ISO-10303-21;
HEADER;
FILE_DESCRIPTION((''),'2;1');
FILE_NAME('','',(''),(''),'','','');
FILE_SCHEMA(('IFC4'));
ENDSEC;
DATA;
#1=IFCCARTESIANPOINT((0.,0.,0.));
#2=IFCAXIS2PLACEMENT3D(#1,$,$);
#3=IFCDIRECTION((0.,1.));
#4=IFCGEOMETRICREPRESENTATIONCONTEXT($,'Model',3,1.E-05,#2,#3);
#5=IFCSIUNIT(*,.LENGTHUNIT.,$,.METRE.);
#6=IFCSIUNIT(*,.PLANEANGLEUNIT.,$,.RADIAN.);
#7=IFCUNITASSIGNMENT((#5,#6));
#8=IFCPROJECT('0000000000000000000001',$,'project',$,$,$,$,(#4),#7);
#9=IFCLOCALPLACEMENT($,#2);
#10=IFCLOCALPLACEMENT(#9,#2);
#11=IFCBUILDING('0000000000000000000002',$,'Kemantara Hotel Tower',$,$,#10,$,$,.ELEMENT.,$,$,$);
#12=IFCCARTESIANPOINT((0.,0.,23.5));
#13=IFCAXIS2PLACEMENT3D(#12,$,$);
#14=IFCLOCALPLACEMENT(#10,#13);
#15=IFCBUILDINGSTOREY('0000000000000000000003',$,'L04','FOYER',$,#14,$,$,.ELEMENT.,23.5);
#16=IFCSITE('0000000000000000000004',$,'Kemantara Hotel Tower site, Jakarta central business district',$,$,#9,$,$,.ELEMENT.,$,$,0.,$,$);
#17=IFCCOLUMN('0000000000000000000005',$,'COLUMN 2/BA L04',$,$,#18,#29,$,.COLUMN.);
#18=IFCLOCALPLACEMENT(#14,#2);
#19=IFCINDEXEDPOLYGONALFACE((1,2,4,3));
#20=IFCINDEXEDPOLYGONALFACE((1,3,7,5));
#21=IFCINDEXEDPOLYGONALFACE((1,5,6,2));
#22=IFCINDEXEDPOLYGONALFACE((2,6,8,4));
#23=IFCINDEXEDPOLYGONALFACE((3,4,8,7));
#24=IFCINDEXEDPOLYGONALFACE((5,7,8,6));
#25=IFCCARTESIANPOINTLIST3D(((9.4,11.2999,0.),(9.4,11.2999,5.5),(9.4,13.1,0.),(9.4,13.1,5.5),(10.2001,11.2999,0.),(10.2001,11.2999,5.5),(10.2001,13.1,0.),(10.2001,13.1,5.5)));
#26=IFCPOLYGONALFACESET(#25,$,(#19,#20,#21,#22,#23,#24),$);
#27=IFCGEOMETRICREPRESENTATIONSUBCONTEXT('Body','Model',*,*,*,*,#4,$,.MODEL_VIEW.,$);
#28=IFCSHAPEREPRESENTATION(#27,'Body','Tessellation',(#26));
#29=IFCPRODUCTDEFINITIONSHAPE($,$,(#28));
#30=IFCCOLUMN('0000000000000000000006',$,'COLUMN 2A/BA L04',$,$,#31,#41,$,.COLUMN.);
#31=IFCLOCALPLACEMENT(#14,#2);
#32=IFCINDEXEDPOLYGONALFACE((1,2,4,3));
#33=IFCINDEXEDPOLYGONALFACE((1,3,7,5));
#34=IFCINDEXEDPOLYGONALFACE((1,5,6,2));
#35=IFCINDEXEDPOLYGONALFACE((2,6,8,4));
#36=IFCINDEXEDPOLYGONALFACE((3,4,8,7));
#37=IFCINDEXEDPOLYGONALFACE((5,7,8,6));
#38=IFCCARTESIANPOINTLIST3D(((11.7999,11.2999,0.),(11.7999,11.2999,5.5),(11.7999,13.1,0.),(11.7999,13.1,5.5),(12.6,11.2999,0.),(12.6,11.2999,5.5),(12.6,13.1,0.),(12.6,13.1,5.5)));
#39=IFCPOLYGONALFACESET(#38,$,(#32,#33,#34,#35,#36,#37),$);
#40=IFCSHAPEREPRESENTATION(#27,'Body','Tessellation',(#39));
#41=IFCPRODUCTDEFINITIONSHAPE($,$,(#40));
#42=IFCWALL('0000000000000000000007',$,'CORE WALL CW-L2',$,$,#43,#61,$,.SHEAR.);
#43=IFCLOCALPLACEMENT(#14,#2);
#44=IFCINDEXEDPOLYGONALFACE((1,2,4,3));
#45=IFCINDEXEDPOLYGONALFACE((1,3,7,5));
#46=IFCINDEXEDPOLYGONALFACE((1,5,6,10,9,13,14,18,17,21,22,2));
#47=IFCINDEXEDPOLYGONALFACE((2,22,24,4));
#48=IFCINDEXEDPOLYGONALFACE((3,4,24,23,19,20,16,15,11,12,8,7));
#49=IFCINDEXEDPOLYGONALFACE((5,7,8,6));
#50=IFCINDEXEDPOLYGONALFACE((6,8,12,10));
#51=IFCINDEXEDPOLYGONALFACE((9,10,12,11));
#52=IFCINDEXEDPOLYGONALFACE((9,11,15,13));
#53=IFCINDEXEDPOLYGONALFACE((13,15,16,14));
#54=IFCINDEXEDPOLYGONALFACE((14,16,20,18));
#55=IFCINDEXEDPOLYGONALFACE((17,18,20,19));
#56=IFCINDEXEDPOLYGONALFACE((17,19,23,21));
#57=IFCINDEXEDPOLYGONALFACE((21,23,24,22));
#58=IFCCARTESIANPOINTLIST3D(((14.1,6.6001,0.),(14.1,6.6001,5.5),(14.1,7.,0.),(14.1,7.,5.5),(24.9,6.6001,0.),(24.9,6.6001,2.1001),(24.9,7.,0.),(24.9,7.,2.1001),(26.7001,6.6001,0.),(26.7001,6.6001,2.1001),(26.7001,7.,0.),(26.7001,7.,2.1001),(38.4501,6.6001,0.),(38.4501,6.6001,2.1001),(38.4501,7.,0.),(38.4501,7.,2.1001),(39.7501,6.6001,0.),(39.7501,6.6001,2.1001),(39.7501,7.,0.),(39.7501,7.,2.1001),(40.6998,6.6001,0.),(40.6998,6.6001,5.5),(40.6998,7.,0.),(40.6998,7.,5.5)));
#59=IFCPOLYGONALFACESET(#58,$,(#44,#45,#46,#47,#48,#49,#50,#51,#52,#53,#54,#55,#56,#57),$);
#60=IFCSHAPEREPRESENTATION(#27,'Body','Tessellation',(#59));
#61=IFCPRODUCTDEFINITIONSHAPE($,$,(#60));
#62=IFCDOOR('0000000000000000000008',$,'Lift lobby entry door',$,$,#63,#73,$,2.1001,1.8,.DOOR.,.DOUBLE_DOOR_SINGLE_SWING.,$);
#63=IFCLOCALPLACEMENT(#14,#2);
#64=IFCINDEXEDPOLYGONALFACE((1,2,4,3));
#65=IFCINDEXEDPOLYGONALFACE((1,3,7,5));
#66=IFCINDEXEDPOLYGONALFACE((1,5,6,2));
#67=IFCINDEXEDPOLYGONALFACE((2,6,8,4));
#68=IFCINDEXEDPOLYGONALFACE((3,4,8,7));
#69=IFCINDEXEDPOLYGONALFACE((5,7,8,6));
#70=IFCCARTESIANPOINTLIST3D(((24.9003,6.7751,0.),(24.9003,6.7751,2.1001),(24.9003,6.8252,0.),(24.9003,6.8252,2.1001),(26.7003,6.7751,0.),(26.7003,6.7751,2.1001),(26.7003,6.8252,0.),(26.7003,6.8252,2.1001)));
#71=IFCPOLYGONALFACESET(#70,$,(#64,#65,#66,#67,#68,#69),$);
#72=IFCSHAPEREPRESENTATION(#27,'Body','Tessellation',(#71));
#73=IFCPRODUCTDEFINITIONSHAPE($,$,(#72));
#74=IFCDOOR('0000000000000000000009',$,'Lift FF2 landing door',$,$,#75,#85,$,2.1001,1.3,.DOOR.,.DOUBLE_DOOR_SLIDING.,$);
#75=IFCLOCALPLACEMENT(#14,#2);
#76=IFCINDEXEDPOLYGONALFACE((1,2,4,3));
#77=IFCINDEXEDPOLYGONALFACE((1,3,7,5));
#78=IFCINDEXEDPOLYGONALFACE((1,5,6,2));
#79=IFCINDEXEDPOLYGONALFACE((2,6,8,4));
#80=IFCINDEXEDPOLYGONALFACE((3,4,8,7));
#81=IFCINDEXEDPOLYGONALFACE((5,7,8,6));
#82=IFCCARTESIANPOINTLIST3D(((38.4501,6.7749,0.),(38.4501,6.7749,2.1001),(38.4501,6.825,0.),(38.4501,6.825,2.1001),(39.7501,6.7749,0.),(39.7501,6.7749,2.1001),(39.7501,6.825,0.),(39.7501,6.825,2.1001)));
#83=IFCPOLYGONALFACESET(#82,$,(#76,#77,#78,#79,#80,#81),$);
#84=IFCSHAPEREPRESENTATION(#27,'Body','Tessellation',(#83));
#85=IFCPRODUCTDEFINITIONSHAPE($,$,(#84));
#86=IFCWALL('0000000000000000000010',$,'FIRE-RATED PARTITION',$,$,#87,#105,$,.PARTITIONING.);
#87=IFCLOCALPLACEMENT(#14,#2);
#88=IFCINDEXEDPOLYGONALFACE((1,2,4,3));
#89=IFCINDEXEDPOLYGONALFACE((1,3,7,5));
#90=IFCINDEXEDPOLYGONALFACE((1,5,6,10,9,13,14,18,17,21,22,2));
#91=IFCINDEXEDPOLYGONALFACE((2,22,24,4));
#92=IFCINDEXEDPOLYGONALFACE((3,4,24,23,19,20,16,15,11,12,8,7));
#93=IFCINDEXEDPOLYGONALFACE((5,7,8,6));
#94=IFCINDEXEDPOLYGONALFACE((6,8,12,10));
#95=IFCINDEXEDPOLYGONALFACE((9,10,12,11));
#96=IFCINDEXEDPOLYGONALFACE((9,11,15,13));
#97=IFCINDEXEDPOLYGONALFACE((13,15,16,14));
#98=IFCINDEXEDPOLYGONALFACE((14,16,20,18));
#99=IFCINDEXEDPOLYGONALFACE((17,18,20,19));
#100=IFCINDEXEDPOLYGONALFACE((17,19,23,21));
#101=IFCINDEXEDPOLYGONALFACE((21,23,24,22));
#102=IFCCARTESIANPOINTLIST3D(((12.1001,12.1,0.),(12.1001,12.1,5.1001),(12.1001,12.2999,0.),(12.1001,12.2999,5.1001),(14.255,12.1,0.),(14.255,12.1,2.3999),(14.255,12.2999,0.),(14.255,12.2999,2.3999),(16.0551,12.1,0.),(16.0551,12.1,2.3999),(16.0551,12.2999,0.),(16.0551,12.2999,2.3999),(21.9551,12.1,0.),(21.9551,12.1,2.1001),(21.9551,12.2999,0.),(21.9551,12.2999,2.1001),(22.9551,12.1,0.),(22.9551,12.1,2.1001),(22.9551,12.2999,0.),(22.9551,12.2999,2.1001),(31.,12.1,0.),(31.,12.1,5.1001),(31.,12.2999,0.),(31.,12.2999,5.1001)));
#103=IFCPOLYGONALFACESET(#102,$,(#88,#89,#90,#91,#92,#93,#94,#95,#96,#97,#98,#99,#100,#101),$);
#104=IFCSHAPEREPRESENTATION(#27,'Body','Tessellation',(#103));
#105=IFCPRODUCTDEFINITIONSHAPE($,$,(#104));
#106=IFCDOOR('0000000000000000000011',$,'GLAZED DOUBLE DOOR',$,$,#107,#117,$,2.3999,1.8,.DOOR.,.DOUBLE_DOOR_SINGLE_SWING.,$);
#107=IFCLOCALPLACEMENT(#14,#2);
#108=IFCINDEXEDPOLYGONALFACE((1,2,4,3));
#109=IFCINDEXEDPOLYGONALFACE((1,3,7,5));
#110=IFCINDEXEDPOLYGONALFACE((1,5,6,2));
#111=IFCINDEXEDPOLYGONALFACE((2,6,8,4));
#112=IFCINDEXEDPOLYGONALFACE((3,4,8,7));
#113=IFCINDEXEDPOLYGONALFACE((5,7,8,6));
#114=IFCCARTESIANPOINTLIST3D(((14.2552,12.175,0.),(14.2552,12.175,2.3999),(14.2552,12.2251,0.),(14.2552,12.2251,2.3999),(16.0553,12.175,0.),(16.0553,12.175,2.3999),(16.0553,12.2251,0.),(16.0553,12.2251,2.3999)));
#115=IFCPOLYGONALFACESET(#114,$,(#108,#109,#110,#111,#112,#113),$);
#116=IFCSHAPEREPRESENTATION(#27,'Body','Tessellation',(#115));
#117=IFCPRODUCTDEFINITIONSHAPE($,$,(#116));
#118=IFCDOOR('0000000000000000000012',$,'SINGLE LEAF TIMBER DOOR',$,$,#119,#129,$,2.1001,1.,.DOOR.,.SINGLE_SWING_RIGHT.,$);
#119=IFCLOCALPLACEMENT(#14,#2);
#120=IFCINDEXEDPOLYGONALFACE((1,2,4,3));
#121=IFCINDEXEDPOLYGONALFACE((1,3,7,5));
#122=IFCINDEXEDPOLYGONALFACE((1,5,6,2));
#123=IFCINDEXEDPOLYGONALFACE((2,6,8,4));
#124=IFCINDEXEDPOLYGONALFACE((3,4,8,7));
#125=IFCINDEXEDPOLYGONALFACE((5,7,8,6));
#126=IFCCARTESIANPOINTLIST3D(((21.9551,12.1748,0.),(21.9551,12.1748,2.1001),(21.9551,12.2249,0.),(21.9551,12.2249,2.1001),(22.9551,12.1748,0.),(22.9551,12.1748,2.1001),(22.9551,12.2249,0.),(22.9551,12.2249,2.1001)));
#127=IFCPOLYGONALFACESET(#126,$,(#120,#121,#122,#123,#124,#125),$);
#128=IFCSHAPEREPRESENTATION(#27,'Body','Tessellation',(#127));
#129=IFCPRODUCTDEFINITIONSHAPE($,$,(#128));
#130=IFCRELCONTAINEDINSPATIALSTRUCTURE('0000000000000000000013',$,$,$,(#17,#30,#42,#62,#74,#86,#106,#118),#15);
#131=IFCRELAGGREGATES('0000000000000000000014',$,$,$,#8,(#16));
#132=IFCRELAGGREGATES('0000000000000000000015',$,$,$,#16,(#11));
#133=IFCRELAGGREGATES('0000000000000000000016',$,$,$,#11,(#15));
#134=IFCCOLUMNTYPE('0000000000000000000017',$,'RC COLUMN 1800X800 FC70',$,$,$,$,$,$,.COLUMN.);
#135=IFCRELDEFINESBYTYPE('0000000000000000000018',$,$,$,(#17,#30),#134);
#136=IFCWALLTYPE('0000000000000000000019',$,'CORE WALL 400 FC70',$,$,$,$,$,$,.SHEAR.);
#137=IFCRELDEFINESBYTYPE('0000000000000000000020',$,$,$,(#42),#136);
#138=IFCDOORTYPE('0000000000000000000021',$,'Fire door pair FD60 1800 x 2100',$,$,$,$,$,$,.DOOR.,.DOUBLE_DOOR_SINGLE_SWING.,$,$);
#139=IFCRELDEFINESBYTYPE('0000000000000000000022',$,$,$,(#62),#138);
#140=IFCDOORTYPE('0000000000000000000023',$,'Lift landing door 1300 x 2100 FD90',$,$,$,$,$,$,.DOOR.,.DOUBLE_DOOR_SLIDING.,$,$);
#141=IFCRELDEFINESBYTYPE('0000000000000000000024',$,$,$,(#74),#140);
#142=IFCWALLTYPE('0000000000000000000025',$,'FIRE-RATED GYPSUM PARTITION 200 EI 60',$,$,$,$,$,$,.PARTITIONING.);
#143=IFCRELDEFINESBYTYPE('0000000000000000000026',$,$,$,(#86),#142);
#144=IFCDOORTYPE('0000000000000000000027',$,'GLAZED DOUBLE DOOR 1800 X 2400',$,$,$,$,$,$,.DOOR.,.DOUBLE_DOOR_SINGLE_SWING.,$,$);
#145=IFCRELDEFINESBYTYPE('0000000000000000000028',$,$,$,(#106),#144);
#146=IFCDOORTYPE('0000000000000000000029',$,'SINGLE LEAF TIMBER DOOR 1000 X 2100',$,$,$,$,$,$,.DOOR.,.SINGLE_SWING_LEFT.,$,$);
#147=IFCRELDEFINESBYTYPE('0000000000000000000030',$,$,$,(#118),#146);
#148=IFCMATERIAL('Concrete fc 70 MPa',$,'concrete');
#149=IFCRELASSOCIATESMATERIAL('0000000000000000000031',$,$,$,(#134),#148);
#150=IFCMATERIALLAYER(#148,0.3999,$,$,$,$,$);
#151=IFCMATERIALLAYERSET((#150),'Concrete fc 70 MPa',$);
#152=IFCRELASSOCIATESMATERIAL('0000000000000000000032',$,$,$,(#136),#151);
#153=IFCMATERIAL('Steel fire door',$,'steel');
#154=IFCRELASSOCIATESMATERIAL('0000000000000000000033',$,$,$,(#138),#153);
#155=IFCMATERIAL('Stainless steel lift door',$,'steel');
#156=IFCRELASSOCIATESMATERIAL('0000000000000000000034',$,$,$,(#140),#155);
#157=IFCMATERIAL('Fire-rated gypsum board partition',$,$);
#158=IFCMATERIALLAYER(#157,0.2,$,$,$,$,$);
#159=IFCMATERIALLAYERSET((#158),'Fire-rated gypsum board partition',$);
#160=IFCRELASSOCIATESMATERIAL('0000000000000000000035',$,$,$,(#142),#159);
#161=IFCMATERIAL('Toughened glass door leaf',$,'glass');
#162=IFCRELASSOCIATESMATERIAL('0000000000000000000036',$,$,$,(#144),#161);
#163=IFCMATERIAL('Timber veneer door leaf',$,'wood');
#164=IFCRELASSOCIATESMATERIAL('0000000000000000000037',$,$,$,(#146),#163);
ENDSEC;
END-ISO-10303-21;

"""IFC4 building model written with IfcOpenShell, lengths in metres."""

from ifc_helpers import new_model, si_unit, direction, frame, frame_2d, origin, origin_2d, place, context, subcontext, project, spatial, rectangle, extrude, material, layer, layer_set, material_profile, profile_set, type_object, element, fill, save


model = new_model("IFC4")

# Units and contexts
model_context = context("Model", 3, precision=1e-05, world=origin(), true_north=direction((0.0, 1.0)))
body_context = subcontext(model_context, "Body", "Model", "MODEL_VIEW")
ifc_project = project(units=[si_unit("LENGTHUNIT", "METRE"), si_unit("PLANEANGLEUNIT", "RADIAN")], contexts=[model_context])

# Site, building, storey
site_placement = place(None, origin())
site = spatial("IfcSite", under=ifc_project, at=site_placement, Name="Kemantara Hotel Tower site, Jakarta central business district", CompositionType="ELEMENT", RefElevation=0.0)
building_placement = place(site_placement, origin())
building = spatial("IfcBuilding", under=site, at=building_placement, Name="Kemantara Hotel Tower", CompositionType="ELEMENT")
storey_placement = place(building_placement, frame((0.0, 0.0, 23.5)))
storey = spatial("IfcBuildingStorey", under=building, at=storey_placement, Name="L04", Description="FOYER", CompositionType="ELEMENT", Elevation=23.5)

# Columns
ifc_material_1 = material(Name="Concrete fc 70 MPa", Category="concrete")
ifc_material_profile = material_profile(ifc_material_1, rectangle(XDim=1.8, YDim=0.8, at=origin_2d()), Name="RC 1800X800")
ifc_profile_set = profile_set([ifc_material_profile], Name="Concrete fc 70 MPa")
column_type = type_object("IfcColumnType", Name="RC COLUMN 1800X800 FC70", PredefinedType="COLUMN", material=ifc_profile_set)
for number, where, z_axis, x_axis, name in (
    (1, (9.8, 12.2, 0.0), (0.0, 0.0, 1.0), (0.0, 1.0, 0.0), "COLUMN 2/BA L04"),
    (2, (12.2, 12.2, 0.0), (0.0, 0.0, 1.0), (0.0, 1.0, 0.0), "COLUMN 2A/BA L04"),
):
    element("IfcColumn", number, at=place(storey_placement, frame(where, z_axis=z_axis, x_axis=x_axis)), inside=storey, type_object=column_type, Name=name, PredefinedType="COLUMN", context=body_context, shape_type="SweptSolid", body=[
        extrude(rectangle(XDim=1.8, YDim=0.8, at=origin_2d()), origin(), (0.0, 0.0, 1.0), 5.5),
    ])

# Walls, openings, doors
ifc_layer_1 = layer(ifc_material_1, 0.3999)
ifc_layer_set_1 = layer_set([ifc_layer_1], Name="Concrete fc 70 MPa")
wall_type_1 = type_object("IfcWallType", Name="CORE WALL 400 FC70", PredefinedType="SHEAR", material=ifc_layer_set_1)
wall_1_placement = place(storey_placement, frame((14.1001, 6.8, 0.0), z_axis=(0.0, 0.0, 1.0), x_axis=(1.0, 0.0, 0.0)))
wall_1 = element("IfcWall", 3, at=wall_1_placement, inside=storey, type_object=wall_type_1, Name="CORE WALL CW-L2", PredefinedType="SHEAR", context=body_context, shape_type="SweptSolid", body=[
    extrude(rectangle(XDim=26.5999, YDim=0.3999, at=frame_2d((13.2998, 0.0))), origin(), (0.0, 0.0, 1.0), 5.5),
])
opening_1_placement = place(wall_1_placement, frame((10.8, 0.0, 0.0)))
opening_1 = element("IfcOpeningElement", 4, at=opening_1_placement, cuts=wall_1, PredefinedType="OPENING", context=body_context, shape_type="SweptSolid", body=[
    extrude(rectangle(XDim=1.8, YDim=2.1001, at=frame_2d((0.8999, 1.05))), frame((0.0, 0.21, 0.0), z_axis=(0.0, -1.0, 0.0), x_axis=(1.0, 0.0, 0.0)), (0.0, 0.0, 1.0), 0.4199),
])
opening_2_placement = place(wall_1_placement, frame((24.3501, 0.0, 0.0)))
opening_2 = element("IfcOpeningElement", 5, at=opening_2_placement, cuts=wall_1, PredefinedType="OPENING", context=body_context, shape_type="SweptSolid", body=[
    extrude(rectangle(XDim=1.3, YDim=2.1001, at=frame_2d((0.6499, 1.05))), frame((0.0, 0.21, 0.0), z_axis=(0.0, -1.0, 0.0), x_axis=(1.0, 0.0, 0.0)), (0.0, 0.0, 1.0), 0.4199),
])
ifc_material_2 = material(Name="Steel fire door", Category="steel")
door_type_1 = type_object("IfcDoorType", Name="Fire door pair FD60 1800 x 2100", OperationType="DOUBLE_DOOR_SINGLE_SWING", PredefinedType="DOOR", material=ifc_material_2)
door_1_placement = place(opening_1_placement, frame((1.8, 0.0, 0.0), z_axis=(0.0, 0.0, 1.0), x_axis=(-1.0, 0.0, 0.0)))
door_1 = element("IfcDoor", 6, at=door_1_placement, inside=storey, type_object=door_type_1, Name="Lift lobby entry door", OperationType="DOUBLE_DOOR_SINGLE_SWING", OverallHeight=2.1001, OverallWidth=1.8, PredefinedType="DOOR", context=body_context, shape_type="SweptSolid", body=[
    extrude(rectangle(XDim=1.8, YDim=2.1001, at=frame_2d((0.8999, 1.05))), frame((0.0, 0.0249, 0.0), z_axis=(0.0, -1.0, 0.0), x_axis=(1.0, 0.0, 0.0)), (0.0, 0.0, 1.0), 0.05),
])
fill(opening_1, door_1)
ifc_material_3 = material(Name="Stainless steel lift door", Category="steel")
door_type_2 = type_object("IfcDoorType", Name="Lift landing door 1300 x 2100 FD90", OperationType="DOUBLE_DOOR_SLIDING", PredefinedType="DOOR", material=ifc_material_3)
door_2_placement = place(opening_2_placement, origin())
door_2 = element("IfcDoor", 7, at=door_2_placement, inside=storey, type_object=door_type_2, Name="Lift FF2 landing door", OperationType="DOUBLE_DOOR_SLIDING", OverallHeight=2.1001, OverallWidth=1.3, PredefinedType="DOOR", context=body_context, shape_type="SweptSolid", body=[
    extrude(rectangle(XDim=1.3, YDim=2.1001, at=frame_2d((0.6499, 1.05))), frame((0.0, 0.0249, 0.0), z_axis=(0.0, -1.0, 0.0), x_axis=(1.0, 0.0, 0.0)), (0.0, 0.0, 1.0), 0.05),
])
fill(opening_2, door_2)
ifc_material_4 = material(Name="Fire-rated gypsum board partition")
ifc_layer_2 = layer(ifc_material_4, 0.2)
ifc_layer_set_2 = layer_set([ifc_layer_2], Name="Fire-rated gypsum board partition")
wall_type_2 = type_object("IfcWallType", Name="FIRE-RATED GYPSUM PARTITION 200 EI 60", PredefinedType="PARTITIONING", material=ifc_layer_set_2)
wall_2_placement = place(storey_placement, frame((12.1001, 12.2, 0.0), z_axis=(0.0, 0.0, 1.0), x_axis=(1.0, 0.0, 0.0)))
wall_2 = element("IfcWall", 8, at=wall_2_placement, inside=storey, type_object=wall_type_2, Name="FIRE-RATED PARTITION", PredefinedType="PARTITIONING", context=body_context, shape_type="SweptSolid", body=[
    extrude(rectangle(XDim=18.8999, YDim=0.2, at=frame_2d((9.45, 0.0))), origin(), (0.0, 0.0, 1.0), 5.1001),
])
opening_3_placement = place(wall_2_placement, frame((2.155, 0.0, 0.0)))
opening_3 = element("IfcOpeningElement", 9, at=opening_3_placement, cuts=wall_2, PredefinedType="OPENING", context=body_context, shape_type="SweptSolid", body=[
    extrude(rectangle(XDim=1.8, YDim=2.3999, at=frame_2d((0.8999, 1.2))), frame((0.0, 0.1099, 0.0), z_axis=(0.0, -1.0, 0.0), x_axis=(1.0, 0.0, 0.0)), (0.0, 0.0, 1.0), 0.22),
])
opening_4_placement = place(wall_2_placement, frame((9.855, 0.0, 0.0)))
opening_4 = element("IfcOpeningElement", 10, at=opening_4_placement, cuts=wall_2, PredefinedType="OPENING", context=body_context, shape_type="SweptSolid", body=[
    extrude(rectangle(XDim=1.0, YDim=2.1001, at=frame_2d((0.5, 1.05))), frame((0.0, 0.1099, 0.0), z_axis=(0.0, -1.0, 0.0), x_axis=(1.0, 0.0, 0.0)), (0.0, 0.0, 1.0), 0.22),
])
ifc_material_5 = material(Name="Toughened glass door leaf", Category="glass")
door_type_3 = type_object("IfcDoorType", Name="GLAZED DOUBLE DOOR 1800 X 2400", OperationType="DOUBLE_DOOR_SINGLE_SWING", PredefinedType="DOOR", material=ifc_material_5)
door_3_placement = place(opening_3_placement, frame((1.8, 0.0, 0.0), z_axis=(0.0, 0.0, 1.0), x_axis=(-1.0, 0.0, 0.0)))
door_3 = element("IfcDoor", 11, at=door_3_placement, inside=storey, type_object=door_type_3, Name="GLAZED DOUBLE DOOR", OperationType="DOUBLE_DOOR_SINGLE_SWING", OverallHeight=2.3999, OverallWidth=1.8, PredefinedType="DOOR", context=body_context, shape_type="SweptSolid", body=[
    extrude(rectangle(XDim=1.8, YDim=2.3999, at=frame_2d((0.8999, 1.2))), frame((0.0, 0.0249, 0.0), z_axis=(0.0, -1.0, 0.0), x_axis=(1.0, 0.0, 0.0)), (0.0, 0.0, 1.0), 0.05),
])
fill(opening_3, door_3)
ifc_material_6 = material(Name="Timber veneer door leaf", Category="wood")
door_type_4 = type_object("IfcDoorType", Name="SINGLE LEAF TIMBER DOOR 1000 X 2100", OperationType="SINGLE_SWING_LEFT", PredefinedType="DOOR", material=ifc_material_6)
door_4_placement = place(opening_4_placement, origin())
door_4 = element("IfcDoor", 12, at=door_4_placement, inside=storey, type_object=door_type_4, Name="SINGLE LEAF TIMBER DOOR", OperationType="SINGLE_SWING_RIGHT", OverallHeight=2.1001, OverallWidth=1.0, PredefinedType="DOOR", context=body_context, shape_type="SweptSolid", body=[
    extrude(rectangle(XDim=1.0, YDim=2.1001, at=frame_2d((0.5, 1.05))), frame((0.0, 0.0249, 0.0), z_axis=(0.0, -1.0, 0.0), x_axis=(1.0, 0.0, 0.0)), (0.0, 0.0, 1.0), 0.05),
])
fill(opening_4, door_4)

save(model, "model.ifc")
